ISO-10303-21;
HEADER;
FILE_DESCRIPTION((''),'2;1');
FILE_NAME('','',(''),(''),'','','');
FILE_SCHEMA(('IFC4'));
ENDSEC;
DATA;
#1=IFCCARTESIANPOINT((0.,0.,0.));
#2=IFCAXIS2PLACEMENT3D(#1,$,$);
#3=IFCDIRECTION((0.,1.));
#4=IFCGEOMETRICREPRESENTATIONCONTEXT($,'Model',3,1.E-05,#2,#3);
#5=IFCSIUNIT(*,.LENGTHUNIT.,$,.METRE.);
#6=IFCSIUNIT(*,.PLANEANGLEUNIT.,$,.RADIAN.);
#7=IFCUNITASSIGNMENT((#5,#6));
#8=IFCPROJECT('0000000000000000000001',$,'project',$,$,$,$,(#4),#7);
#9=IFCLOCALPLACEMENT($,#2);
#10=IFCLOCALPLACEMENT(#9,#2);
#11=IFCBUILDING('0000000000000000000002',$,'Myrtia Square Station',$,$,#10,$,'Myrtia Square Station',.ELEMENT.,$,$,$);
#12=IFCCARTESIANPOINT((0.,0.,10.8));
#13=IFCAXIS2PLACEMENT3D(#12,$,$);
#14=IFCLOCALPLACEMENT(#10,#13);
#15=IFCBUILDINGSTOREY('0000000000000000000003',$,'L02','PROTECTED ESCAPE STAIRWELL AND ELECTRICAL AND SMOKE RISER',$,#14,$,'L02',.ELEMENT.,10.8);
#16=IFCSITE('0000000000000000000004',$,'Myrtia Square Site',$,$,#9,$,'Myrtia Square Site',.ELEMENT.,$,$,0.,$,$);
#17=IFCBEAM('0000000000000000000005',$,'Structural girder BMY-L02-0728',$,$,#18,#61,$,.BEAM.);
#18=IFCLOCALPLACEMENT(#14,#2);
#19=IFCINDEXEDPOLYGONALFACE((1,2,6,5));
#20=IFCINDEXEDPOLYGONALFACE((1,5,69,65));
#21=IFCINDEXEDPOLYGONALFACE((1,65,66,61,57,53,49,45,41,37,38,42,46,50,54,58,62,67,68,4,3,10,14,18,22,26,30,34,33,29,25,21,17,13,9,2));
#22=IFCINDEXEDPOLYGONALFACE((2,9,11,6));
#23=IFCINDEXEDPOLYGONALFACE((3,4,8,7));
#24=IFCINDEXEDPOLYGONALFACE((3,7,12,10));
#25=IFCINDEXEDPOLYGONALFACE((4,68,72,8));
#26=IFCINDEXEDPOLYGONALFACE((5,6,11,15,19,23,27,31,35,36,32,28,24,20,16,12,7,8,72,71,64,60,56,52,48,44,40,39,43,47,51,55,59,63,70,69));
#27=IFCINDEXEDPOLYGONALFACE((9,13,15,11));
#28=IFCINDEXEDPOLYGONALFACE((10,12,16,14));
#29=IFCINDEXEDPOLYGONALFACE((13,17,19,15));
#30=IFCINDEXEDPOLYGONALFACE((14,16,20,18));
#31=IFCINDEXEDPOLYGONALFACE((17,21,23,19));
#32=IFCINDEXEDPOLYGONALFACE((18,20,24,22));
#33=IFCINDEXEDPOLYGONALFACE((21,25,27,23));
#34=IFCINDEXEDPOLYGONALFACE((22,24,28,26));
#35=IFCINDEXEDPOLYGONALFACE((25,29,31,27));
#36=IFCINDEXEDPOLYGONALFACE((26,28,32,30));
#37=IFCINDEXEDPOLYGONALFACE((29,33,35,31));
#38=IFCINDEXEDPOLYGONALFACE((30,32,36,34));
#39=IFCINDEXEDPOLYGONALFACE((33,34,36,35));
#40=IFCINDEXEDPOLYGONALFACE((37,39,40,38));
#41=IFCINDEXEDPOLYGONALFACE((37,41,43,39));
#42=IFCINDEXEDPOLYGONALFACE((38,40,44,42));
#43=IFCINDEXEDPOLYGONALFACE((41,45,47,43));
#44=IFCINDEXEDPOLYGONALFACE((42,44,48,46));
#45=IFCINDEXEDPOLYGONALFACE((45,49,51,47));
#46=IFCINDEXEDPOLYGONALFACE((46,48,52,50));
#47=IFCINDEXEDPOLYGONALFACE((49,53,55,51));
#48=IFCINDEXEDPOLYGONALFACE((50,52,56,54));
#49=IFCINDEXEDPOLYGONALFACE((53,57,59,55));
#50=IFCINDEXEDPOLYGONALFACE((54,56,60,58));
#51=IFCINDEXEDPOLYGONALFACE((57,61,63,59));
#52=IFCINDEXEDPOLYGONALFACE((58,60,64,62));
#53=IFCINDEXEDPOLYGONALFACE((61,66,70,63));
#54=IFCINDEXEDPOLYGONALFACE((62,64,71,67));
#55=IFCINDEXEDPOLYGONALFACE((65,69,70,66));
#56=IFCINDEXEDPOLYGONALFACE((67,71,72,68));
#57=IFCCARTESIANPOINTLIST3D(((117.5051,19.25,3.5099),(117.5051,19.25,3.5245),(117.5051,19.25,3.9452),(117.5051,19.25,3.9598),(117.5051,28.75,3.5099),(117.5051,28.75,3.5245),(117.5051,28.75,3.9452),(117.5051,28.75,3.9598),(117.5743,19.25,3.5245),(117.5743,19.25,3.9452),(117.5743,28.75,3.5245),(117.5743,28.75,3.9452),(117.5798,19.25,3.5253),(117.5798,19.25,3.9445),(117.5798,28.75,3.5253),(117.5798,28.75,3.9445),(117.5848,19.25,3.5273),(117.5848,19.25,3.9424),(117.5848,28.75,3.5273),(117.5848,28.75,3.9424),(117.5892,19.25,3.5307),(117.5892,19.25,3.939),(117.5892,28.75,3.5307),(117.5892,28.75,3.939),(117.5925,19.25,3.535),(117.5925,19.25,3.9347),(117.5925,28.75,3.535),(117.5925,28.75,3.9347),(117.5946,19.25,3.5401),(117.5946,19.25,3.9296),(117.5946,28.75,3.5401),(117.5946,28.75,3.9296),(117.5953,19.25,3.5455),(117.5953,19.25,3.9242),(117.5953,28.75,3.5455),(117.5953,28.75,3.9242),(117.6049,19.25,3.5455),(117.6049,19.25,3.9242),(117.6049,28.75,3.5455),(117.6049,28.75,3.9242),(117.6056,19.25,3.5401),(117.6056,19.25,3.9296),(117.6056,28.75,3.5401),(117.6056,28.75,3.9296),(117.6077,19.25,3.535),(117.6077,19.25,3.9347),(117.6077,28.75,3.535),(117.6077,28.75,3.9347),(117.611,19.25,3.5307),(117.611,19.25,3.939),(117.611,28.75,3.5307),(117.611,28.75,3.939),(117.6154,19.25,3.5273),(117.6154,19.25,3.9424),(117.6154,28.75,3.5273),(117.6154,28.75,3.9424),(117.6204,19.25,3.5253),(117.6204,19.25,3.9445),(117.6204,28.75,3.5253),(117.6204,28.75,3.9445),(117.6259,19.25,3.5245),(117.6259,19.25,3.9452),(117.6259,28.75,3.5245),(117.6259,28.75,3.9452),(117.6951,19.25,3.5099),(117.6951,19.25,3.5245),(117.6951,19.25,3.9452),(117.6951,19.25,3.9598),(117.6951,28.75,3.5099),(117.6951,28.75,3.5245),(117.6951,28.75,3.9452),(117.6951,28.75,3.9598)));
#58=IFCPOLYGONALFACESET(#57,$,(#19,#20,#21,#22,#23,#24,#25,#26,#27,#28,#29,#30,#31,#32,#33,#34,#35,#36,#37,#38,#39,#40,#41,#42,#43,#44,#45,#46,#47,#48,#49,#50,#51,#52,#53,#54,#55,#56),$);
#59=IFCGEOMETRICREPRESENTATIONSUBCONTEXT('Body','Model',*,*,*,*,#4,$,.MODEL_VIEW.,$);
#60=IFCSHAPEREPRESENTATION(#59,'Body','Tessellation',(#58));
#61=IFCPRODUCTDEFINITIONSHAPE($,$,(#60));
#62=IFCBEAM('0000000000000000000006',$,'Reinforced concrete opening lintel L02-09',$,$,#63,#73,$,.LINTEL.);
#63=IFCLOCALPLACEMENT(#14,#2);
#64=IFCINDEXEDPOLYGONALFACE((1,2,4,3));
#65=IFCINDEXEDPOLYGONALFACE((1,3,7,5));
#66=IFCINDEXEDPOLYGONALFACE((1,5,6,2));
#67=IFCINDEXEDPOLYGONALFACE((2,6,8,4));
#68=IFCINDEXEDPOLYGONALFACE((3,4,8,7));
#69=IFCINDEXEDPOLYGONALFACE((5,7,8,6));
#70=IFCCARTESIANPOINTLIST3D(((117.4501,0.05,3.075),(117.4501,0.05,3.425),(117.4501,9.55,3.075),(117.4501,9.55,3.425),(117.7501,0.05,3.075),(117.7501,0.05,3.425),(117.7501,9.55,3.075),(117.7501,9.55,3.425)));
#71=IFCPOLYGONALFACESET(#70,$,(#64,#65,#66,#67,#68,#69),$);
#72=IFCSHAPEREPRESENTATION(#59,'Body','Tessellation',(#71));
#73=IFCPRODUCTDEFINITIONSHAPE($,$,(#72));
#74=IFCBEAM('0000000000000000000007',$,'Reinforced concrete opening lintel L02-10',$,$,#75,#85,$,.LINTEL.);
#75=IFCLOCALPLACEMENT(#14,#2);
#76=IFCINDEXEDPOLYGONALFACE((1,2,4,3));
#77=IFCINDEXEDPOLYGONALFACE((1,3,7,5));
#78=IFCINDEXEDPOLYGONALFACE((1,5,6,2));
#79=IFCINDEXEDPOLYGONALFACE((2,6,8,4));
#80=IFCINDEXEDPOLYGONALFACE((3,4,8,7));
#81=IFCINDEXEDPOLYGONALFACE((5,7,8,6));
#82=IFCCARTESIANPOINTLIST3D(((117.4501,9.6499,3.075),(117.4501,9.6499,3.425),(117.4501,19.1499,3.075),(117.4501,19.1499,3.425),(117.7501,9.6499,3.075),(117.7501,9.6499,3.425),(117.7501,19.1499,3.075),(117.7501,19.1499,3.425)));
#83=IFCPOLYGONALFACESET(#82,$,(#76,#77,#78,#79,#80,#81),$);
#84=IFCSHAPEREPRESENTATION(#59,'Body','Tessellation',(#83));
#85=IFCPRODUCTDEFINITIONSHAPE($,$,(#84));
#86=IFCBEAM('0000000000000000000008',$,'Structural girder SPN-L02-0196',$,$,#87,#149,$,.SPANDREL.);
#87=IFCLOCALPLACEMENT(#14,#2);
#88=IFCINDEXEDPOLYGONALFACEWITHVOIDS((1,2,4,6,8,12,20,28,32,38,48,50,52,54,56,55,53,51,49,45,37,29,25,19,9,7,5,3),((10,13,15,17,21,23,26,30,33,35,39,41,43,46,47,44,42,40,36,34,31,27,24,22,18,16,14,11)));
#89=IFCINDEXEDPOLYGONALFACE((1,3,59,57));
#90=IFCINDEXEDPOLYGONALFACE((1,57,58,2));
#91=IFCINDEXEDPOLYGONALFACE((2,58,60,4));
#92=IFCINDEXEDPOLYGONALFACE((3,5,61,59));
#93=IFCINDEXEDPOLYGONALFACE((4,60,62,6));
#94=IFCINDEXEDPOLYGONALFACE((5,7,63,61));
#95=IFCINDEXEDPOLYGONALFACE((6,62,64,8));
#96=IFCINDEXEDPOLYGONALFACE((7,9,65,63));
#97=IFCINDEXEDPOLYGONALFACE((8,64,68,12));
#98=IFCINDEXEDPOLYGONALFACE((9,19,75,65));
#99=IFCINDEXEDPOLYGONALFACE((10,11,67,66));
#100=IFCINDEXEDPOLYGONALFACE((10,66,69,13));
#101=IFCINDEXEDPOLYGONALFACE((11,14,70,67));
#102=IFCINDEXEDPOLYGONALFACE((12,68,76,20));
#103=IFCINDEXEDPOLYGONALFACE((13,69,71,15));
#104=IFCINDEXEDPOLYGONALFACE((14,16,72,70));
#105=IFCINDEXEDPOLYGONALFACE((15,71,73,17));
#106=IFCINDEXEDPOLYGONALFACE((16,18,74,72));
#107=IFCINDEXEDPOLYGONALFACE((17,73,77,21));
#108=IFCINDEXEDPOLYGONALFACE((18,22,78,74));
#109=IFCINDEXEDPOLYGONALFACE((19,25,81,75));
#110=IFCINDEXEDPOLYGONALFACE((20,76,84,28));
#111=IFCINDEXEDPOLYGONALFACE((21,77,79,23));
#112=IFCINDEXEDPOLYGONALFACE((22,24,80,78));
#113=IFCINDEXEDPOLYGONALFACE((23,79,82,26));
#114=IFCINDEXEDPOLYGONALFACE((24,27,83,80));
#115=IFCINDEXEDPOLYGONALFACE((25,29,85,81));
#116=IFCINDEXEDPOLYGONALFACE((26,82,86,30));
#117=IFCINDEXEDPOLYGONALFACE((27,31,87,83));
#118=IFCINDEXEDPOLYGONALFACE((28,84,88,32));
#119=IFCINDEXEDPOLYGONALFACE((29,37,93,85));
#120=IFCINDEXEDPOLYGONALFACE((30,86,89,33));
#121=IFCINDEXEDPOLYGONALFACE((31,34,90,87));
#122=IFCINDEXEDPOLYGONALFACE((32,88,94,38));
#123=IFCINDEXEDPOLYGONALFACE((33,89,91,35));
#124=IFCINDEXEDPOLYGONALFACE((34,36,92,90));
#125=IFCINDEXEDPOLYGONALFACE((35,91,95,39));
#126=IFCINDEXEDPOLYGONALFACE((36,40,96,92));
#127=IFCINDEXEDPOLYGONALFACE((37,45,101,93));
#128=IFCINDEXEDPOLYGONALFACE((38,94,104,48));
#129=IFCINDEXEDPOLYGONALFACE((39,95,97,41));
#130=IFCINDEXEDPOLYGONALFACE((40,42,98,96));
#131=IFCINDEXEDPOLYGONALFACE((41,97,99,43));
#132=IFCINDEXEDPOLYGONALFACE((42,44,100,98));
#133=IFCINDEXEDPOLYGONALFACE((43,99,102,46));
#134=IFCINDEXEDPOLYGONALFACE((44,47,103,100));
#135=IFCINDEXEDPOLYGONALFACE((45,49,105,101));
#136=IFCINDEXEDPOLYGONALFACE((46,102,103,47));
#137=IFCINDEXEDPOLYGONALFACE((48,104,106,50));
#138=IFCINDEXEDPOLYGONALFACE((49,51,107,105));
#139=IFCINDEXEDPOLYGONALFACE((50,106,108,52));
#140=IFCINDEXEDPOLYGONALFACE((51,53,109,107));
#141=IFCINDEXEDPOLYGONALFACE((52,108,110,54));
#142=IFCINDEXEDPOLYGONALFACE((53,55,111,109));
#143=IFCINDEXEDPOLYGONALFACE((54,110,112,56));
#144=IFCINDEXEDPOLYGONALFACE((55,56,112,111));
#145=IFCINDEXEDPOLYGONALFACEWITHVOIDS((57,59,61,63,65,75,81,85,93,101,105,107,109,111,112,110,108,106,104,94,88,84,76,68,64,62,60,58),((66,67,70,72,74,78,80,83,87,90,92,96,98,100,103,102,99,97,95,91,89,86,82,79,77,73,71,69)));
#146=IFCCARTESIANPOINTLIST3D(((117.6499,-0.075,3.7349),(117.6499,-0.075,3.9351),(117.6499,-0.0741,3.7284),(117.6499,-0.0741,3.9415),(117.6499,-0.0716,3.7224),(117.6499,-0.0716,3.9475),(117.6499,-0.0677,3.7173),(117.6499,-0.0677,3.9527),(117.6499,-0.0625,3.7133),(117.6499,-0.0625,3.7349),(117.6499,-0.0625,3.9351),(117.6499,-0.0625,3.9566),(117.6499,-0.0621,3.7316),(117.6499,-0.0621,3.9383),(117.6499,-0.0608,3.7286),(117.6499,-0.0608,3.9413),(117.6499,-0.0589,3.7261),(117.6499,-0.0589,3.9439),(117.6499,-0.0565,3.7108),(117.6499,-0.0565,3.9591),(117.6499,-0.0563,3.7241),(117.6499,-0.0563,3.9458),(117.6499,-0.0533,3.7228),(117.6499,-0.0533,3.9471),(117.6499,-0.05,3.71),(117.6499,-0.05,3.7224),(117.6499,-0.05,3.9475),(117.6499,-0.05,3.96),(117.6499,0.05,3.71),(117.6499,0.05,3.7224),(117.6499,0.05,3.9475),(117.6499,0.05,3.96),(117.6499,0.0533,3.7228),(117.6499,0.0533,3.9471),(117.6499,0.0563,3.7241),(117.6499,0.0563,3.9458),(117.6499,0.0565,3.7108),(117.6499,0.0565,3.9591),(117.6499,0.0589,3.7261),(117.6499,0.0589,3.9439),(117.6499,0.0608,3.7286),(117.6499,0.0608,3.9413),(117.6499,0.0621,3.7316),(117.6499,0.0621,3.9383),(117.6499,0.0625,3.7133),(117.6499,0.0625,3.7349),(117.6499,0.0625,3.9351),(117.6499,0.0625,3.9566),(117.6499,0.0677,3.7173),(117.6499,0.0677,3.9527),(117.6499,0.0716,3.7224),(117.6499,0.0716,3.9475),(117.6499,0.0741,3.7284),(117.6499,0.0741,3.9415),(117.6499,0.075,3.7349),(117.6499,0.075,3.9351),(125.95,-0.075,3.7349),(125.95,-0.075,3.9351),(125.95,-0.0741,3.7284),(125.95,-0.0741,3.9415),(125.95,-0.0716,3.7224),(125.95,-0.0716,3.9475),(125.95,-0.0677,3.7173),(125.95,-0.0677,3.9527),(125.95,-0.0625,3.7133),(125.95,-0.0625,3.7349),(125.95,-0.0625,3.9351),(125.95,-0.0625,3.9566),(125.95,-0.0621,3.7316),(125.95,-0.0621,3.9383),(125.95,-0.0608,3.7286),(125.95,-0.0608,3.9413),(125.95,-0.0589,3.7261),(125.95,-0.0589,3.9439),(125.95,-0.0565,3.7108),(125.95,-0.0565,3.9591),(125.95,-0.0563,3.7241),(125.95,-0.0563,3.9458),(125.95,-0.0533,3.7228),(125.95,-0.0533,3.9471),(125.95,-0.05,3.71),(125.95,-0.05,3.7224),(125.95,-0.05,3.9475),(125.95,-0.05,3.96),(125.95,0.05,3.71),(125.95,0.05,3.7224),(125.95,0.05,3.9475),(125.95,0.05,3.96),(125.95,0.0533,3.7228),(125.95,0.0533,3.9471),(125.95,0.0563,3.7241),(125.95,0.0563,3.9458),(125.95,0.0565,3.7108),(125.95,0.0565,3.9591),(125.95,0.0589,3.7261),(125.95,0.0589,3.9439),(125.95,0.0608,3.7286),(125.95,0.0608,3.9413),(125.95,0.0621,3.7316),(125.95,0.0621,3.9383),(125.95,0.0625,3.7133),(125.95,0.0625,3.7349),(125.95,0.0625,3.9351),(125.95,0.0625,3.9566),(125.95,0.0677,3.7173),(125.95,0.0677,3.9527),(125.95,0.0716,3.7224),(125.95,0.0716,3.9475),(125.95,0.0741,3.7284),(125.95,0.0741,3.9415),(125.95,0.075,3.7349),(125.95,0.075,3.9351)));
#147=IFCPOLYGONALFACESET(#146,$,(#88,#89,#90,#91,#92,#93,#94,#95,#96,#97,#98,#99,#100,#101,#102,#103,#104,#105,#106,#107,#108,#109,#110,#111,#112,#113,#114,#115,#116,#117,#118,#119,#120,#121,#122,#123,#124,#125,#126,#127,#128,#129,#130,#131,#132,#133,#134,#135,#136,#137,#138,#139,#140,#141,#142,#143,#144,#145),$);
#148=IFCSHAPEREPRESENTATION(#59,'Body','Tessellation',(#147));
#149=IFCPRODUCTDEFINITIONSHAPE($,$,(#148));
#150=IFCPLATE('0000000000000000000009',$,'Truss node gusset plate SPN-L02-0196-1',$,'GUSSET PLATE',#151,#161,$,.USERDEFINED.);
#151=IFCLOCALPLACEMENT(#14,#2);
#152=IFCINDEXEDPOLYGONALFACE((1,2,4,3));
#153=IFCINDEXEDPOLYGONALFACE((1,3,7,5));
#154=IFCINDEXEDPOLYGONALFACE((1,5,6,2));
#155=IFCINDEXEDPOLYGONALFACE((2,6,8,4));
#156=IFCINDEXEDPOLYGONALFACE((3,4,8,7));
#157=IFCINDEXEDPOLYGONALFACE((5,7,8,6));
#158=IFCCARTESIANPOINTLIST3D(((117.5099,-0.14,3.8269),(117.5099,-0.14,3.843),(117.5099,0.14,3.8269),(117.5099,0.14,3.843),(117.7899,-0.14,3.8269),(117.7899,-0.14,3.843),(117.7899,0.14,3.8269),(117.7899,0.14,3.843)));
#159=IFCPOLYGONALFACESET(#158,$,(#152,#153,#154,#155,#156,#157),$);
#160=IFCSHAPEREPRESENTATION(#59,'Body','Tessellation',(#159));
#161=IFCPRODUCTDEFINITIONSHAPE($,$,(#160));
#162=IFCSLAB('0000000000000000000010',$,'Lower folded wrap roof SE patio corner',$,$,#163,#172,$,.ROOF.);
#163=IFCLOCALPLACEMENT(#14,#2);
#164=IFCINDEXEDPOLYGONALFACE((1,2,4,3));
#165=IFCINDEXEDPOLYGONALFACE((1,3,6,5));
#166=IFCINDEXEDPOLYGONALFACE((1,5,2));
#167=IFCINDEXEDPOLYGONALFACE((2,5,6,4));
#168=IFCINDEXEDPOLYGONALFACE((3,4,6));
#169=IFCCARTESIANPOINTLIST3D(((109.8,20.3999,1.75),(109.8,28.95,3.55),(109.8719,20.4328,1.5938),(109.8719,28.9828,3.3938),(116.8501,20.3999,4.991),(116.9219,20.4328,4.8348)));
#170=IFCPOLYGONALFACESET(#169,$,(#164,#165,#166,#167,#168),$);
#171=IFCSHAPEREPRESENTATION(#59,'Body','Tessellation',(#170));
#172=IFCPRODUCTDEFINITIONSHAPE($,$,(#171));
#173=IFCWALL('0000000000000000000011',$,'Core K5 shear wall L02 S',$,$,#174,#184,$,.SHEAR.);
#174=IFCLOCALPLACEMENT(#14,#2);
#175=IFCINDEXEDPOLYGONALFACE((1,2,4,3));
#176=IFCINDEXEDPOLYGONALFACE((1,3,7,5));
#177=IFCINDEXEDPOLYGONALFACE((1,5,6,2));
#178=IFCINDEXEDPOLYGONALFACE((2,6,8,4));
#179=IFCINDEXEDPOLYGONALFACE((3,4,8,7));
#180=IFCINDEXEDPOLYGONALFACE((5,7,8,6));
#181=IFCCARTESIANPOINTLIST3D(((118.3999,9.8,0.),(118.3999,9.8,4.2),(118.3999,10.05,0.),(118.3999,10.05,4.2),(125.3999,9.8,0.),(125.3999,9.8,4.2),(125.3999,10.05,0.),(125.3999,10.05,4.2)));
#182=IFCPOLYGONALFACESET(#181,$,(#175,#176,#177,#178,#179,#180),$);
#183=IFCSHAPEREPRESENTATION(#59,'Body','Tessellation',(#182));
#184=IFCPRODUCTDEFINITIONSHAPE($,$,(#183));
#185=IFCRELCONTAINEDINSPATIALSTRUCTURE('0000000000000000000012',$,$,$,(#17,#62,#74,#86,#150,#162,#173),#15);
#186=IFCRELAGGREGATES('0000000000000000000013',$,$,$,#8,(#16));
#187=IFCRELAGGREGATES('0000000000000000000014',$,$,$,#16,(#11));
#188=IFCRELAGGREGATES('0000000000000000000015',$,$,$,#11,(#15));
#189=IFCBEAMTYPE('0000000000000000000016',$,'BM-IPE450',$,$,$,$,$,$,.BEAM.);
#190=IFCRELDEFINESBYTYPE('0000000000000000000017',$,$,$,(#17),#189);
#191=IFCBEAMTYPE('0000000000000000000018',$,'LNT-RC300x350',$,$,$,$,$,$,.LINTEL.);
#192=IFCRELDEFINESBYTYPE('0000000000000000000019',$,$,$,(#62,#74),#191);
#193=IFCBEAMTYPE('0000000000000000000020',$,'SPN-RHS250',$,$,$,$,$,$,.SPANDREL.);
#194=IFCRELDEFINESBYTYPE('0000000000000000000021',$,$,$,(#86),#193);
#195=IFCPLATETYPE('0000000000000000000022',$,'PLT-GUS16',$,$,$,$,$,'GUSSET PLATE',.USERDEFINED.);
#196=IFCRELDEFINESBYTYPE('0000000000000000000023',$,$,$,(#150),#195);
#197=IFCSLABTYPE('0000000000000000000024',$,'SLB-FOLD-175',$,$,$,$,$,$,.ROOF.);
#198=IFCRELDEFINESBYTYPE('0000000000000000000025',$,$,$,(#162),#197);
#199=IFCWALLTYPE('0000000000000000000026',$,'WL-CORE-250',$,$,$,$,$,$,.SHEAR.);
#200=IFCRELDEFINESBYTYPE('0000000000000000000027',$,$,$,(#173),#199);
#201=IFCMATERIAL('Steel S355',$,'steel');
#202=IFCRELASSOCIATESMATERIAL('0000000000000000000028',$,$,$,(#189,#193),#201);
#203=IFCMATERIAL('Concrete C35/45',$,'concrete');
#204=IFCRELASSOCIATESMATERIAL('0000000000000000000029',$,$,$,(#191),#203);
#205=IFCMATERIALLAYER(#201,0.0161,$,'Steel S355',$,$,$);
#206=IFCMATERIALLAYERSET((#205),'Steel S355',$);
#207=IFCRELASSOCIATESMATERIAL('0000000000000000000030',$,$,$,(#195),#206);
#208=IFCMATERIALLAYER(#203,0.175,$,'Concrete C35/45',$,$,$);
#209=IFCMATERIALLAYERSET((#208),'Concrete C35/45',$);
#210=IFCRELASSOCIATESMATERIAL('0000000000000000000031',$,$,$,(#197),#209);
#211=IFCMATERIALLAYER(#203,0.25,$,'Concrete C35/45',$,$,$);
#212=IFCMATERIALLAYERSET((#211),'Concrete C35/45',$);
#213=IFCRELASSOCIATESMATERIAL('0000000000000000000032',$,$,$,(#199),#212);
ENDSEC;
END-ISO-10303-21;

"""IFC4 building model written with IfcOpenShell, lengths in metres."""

from ifc_helpers import new_model, si_unit, direction, frame, frame_2d, origin, origin_2d, place, context, subcontext, project, spatial, polyline, rectangle, hollow_rectangle, i_section, outline, extrude, material, layer, layer_set, material_profile, profile_set, type_object, element, save


model = new_model("IFC4")

# Units and contexts
model_context = context("Model", 3, precision=1e-05, world=origin(), true_north=direction((0.0, 1.0)))
body_context = subcontext(model_context, "Body", "Model", "MODEL_VIEW")
ifc_project = project(units=[si_unit("LENGTHUNIT", "METRE"), si_unit("PLANEANGLEUNIT", "RADIAN")], contexts=[model_context])

# Site, building, storey
site_placement = place(None, origin())
site = spatial("IfcSite", under=ifc_project, at=site_placement, Name="Myrtia Square Site", LongName="Myrtia Square Site", CompositionType="ELEMENT", RefElevation=0.0)
building_placement = place(site_placement, origin())
building = spatial("IfcBuilding", under=site, at=building_placement, Name="Myrtia Square Station", LongName="Myrtia Square Station", CompositionType="ELEMENT")
storey_placement = place(building_placement, frame((0.0, 0.0, 10.8)))
storey = spatial("IfcBuildingStorey", under=building, at=storey_placement, Name="L02", Description="PROTECTED ESCAPE STAIRWELL AND ELECTRICAL AND SMOKE RISER", LongName="L02", CompositionType="ELEMENT", Elevation=10.8)

# Shared definitions
ifc_material_1 = material(Name="Steel S355", Category="steel")

# Beams
ifc_material_profile_1 = material_profile(ifc_material_1, i_section(OverallWidth=0.1899, OverallDepth=0.45, WebThickness=0.0095, FlangeThickness=0.0146, FilletRadius=0.021, at=origin_2d()), Name="IPE 450")
ifc_profile_set_1 = profile_set([ifc_material_profile_1], Name="Steel S355")
beam_type_1 = type_object("IfcBeamType", Name="BM-IPE450", PredefinedType="BEAM", material=ifc_profile_set_1)
for number, where, z_axis, x_axis, name in (
    (1, (117.6001, 19.25, 3.7349), (0.0, 1.0, 0.0), (-1.0, 0.0, 0.0), "Structural girder BMY-L02-0728"),
):
    element("IfcBeam", number, at=place(storey_placement, frame(where, z_axis=z_axis, x_axis=x_axis)), inside=storey, type_object=beam_type_1, Name=name, PredefinedType="BEAM", context=body_context, shape_type="SweptSolid", body=[
        extrude(i_section(OverallWidth=0.1899, OverallDepth=0.45, WebThickness=0.0095, FlangeThickness=0.0146, FilletRadius=0.021, at=origin_2d()), origin(), (0.0, 0.0, 1.0), 9.5),
    ])
ifc_material_2 = material(Name="Concrete C35/45", Category="concrete")
ifc_material_profile_2 = material_profile(ifc_material_2, rectangle(XDim=0.3, YDim=0.3501, at=origin_2d()), Name="LNT 300x350")
ifc_profile_set_2 = profile_set([ifc_material_profile_2], Name="Concrete C35/45")
beam_type_2 = type_object("IfcBeamType", Name="LNT-RC300x350", PredefinedType="LINTEL", material=ifc_profile_set_2)
for number, where, z_axis, x_axis, name in (
    (2, (117.6001, 0.05, 3.25), (0.0, 1.0, 0.0), (-1.0, 0.0, 0.0), "Reinforced concrete opening lintel L02-09"),
    (3, (117.6001, 9.6499, 3.25), (0.0, 1.0, 0.0), (-1.0, 0.0, 0.0), "Reinforced concrete opening lintel L02-10"),
):
    element("IfcBeam", number, at=place(storey_placement, frame(where, z_axis=z_axis, x_axis=x_axis)), inside=storey, type_object=beam_type_2, Name=name, PredefinedType="LINTEL", context=body_context, shape_type="SweptSolid", body=[
        extrude(rectangle(XDim=0.3, YDim=0.3501, at=origin_2d()), origin(), (0.0, 0.0, 1.0), 9.5),
    ])
ifc_material_profile_3 = material_profile(ifc_material_1, hollow_rectangle(XDim=0.1499, YDim=0.25, WallThickness=0.0125, InnerFilletRadius=0.0125, OuterFilletRadius=0.0249, at=origin_2d()), Name="RHS 250x150x12.5")
ifc_profile_set_3 = profile_set([ifc_material_profile_3], Name="Steel S355")
beam_type_3 = type_object("IfcBeamType", Name="SPN-RHS250", PredefinedType="SPANDREL", material=ifc_profile_set_3)
beam_1_placement = place(storey_placement, frame((117.6499, 0.0, 3.835), z_axis=(1.0, 0.0, 0.0), x_axis=(0.0, 1.0, 0.0)))
element("IfcBeam", 4, at=beam_1_placement, inside=storey, type_object=beam_type_3, Name="Structural girder SPN-L02-0196", PredefinedType="SPANDREL", context=body_context, shape_type="SweptSolid", body=[
    extrude(hollow_rectangle(XDim=0.1499, YDim=0.25, WallThickness=0.0125, InnerFilletRadius=0.0125, OuterFilletRadius=0.0249, at=origin_2d()), origin(), (0.0, 0.0, 1.0), 8.3),
])

# Plate
ifc_layer_1 = layer(ifc_material_1, 0.0161, Name="Steel S355")
ifc_layer_set_1 = layer_set([ifc_layer_1], Name="Steel S355")
plate_type = type_object("IfcPlateType", Name="PLT-GUS16", ElementType="GUSSET PLATE", PredefinedType="USERDEFINED", material=ifc_layer_set_1)
plate_placement = place(storey_placement, frame((117.6499, 0.0, 3.8269), z_axis=(0.0, 0.0, 1.0), x_axis=(1.0, 0.0, 0.0)))
element("IfcPlate", 5, at=plate_placement, inside=storey, type_object=plate_type, Name="Truss node gusset plate SPN-L02-0196-1", ObjectType="GUSSET PLATE", PredefinedType="USERDEFINED", context=body_context, shape_type="SweptSolid", body=[
    extrude(rectangle(XDim=0.28, YDim=0.28, at=origin_2d()), origin(), (0.0, 0.0, 1.0), 0.0161),
])

# Slab
ifc_layer_2 = layer(ifc_material_2, 0.175, Name="Concrete C35/45")
ifc_layer_set_2 = layer_set([ifc_layer_2], Name="Concrete C35/45")
slab_type = type_object("IfcSlabType", Name="SLB-FOLD-175", PredefinedType="ROOF", material=ifc_layer_set_2)
slab_placement = place(storey_placement, frame((116.8501, 20.3999, 4.991), z_axis=(-0.410249, -0.18788, 0.892411), x_axis=(-0.630871, 0.765098, -0.12894)))
element("IfcSlab", 6, at=slab_placement, inside=storey, type_object=slab_type, Name="Lower folded wrap roof SE patio corner", PredefinedType="ROOF", context=body_context, shape_type="SweptSolid", body=[
    extrude(outline(polyline([(0.0, 0.0), (11.1751, 0.0), (4.8656, 6.0443), (0.0, 0.0)])), origin(), (0.0, 0.0, -1.0), 0.175),
])

# Wall
ifc_layer_3 = layer(ifc_material_2, 0.25, Name="Concrete C35/45")
ifc_layer_set_3 = layer_set([ifc_layer_3], Name="Concrete C35/45")
wall_type_1 = type_object("IfcWallType", Name="WL-CORE-250", PredefinedType="SHEAR", material=ifc_layer_set_3)
wall_1_placement = place(storey_placement, frame((118.3999, 9.925, 0.0), z_axis=(0.0, 0.0, 1.0), x_axis=(1.0, 0.0, 0.0)))
element("IfcWall", 7, at=wall_1_placement, inside=storey, type_object=wall_type_1, Name="Core K5 shear wall L02 S", PredefinedType="SHEAR", context=body_context, shape_type="SweptSolid", body=[
    extrude(rectangle(XDim=7.0, YDim=0.25, at=frame_2d((3.5, 0.0))), origin(), (0.0, 0.0, 1.0), 4.2),
])

save(model, "model.ifc")
